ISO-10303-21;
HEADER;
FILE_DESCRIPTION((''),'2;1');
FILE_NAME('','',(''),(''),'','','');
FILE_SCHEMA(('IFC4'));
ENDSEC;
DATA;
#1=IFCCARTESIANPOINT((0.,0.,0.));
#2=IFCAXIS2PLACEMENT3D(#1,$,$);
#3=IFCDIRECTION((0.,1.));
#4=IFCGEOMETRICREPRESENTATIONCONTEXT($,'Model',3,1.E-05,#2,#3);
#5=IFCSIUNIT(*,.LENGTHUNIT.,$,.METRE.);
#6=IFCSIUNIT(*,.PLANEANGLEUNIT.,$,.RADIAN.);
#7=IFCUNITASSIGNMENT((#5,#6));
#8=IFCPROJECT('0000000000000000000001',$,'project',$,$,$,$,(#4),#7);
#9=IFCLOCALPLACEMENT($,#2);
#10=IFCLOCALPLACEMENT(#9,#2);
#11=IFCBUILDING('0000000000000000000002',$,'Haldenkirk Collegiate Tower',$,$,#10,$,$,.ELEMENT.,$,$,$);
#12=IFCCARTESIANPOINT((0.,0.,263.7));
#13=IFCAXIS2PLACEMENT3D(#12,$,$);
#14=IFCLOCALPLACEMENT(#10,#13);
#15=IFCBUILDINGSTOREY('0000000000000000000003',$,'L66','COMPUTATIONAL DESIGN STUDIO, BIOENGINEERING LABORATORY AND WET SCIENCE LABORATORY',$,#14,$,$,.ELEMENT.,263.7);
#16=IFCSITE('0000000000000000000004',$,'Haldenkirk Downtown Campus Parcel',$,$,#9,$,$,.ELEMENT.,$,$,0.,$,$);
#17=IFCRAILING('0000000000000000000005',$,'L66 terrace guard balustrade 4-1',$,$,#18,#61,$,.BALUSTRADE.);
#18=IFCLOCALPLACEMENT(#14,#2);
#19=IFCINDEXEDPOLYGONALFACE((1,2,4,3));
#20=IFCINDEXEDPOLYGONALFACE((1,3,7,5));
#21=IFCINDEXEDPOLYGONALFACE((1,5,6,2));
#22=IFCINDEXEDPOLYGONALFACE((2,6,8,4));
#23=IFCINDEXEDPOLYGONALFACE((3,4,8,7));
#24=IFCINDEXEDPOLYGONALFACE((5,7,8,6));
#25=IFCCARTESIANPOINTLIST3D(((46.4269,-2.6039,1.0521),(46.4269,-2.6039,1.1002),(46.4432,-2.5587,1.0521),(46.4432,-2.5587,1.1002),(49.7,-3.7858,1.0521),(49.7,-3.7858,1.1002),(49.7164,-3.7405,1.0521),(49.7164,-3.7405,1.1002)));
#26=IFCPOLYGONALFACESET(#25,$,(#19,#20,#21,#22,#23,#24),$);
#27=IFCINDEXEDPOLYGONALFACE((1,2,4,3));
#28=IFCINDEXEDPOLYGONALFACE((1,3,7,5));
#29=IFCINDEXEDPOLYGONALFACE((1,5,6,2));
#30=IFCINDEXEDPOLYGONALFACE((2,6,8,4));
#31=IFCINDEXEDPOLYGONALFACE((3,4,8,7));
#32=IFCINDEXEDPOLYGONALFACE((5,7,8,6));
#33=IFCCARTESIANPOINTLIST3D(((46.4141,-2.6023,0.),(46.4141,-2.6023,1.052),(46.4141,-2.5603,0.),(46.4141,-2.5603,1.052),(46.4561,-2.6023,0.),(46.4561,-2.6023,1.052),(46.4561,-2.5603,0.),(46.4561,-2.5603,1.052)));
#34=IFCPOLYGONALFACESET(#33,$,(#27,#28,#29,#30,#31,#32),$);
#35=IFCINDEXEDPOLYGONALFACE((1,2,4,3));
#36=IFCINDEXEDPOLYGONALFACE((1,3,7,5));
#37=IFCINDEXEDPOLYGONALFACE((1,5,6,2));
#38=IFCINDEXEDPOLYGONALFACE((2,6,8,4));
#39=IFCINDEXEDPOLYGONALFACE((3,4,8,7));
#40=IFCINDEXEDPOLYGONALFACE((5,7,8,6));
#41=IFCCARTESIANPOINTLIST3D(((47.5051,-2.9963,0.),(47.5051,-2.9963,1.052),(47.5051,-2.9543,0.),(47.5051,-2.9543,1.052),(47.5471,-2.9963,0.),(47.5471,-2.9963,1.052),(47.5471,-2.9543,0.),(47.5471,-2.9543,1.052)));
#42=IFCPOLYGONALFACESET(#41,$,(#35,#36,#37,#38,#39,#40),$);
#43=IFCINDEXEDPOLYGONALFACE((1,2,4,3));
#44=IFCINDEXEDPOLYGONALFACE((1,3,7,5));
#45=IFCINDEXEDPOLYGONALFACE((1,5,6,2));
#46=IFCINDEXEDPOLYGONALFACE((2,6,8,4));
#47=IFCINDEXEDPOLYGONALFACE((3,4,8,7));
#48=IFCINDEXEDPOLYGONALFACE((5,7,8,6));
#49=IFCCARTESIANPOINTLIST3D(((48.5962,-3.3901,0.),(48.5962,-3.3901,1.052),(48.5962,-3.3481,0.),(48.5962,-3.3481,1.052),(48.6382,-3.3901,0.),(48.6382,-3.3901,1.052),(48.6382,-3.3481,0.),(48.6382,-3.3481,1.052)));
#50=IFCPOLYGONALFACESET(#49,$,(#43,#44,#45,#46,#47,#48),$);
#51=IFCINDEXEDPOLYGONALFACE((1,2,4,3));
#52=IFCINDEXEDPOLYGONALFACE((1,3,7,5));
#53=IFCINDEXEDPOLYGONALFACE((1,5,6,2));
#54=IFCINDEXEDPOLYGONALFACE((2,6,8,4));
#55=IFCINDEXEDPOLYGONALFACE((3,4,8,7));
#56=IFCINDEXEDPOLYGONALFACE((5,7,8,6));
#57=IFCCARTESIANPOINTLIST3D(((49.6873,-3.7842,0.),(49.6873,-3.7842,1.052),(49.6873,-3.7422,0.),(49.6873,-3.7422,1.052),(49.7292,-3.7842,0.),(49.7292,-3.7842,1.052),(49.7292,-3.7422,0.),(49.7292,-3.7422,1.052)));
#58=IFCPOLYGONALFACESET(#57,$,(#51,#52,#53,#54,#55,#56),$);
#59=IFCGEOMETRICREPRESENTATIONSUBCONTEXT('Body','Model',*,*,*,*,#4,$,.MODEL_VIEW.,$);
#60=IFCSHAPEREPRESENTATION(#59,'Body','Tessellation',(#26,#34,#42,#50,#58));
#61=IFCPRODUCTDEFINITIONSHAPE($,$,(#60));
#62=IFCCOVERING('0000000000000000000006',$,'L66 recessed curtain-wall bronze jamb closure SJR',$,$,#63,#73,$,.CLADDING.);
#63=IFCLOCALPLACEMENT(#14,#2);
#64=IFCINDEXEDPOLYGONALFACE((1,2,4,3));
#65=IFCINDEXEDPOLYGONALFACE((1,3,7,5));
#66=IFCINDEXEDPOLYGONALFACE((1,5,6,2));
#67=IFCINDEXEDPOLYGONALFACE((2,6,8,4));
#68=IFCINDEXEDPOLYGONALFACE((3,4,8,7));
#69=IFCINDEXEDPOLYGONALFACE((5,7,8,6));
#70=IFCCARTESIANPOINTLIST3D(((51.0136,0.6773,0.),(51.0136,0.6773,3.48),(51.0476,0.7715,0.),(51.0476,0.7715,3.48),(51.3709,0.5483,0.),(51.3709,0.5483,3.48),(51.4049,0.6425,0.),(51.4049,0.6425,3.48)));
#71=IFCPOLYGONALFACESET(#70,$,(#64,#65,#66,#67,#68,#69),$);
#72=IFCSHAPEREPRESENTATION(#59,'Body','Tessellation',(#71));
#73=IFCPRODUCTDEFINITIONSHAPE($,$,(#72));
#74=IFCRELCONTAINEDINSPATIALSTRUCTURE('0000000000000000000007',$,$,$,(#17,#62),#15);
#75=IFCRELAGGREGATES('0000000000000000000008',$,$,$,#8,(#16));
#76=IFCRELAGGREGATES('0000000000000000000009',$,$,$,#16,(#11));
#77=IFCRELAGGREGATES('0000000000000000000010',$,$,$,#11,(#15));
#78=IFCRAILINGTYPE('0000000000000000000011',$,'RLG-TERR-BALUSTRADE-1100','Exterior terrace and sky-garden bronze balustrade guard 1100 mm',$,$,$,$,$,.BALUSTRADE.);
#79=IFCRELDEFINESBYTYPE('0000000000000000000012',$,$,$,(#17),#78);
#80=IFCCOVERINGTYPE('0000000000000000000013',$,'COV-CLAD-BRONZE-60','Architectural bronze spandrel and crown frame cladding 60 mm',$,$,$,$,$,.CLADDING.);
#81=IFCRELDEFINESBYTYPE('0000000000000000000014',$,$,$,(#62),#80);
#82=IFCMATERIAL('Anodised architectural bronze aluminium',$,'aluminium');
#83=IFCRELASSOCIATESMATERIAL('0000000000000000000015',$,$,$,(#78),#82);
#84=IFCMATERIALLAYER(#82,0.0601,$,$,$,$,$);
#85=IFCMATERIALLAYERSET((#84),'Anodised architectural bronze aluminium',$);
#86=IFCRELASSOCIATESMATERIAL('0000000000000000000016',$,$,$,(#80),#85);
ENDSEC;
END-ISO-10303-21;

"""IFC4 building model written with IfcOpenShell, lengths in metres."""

from ifc_helpers import new_model, si_unit, direction, frame, origin, origin_2d, place, context, subcontext, project, spatial, rectangle, extrude, source, transform, mapped, material, layer, layer_set, type_object, element, save


model = new_model("IFC4")

# Units and contexts
model_context = context("Model", 3, precision=1e-05, world=origin(), true_north=direction((0.0, 1.0)))
body_context = subcontext(model_context, "Body", "Model", "MODEL_VIEW")
ifc_project = project(units=[si_unit("LENGTHUNIT", "METRE"), si_unit("PLANEANGLEUNIT", "RADIAN")], contexts=[model_context])

# Site, building, storey
site_placement = place(None, origin())
site = spatial("IfcSite", under=ifc_project, at=site_placement, Name="Haldenkirk Downtown Campus Parcel", CompositionType="ELEMENT", RefElevation=0.0)
building_placement = place(site_placement, origin())
building = spatial("IfcBuilding", under=site, at=building_placement, Name="Haldenkirk Collegiate Tower", CompositionType="ELEMENT")
storey_placement = place(building_placement, frame((0.0, 0.0, 263.7)))
storey = spatial("IfcBuildingStorey", under=building, at=storey_placement, Name="L66", Description="COMPUTATIONAL DESIGN STUDIO, BIOENGINEERING LABORATORY AND WET SCIENCE LABORATORY", CompositionType="ELEMENT", Elevation=263.7)

# Shared definitions
ifc_material_1 = material(Name="Anodised architectural bronze aluminium", Category="aluminium")

# Railing
railing_type = type_object("IfcRailingType", Name="RLG-TERR-BALUSTRADE-1100", Description="Exterior terrace and sky-garden bronze balustrade guard 1100 mm", PredefinedType="BALUSTRADE", material=ifc_material_1)
railing_1_placement = place(storey_placement, frame((46.4351, -2.5813, 0.0)))
element("IfcRailing", 1, at=railing_1_placement, inside=storey, type_object=railing_type, Name="L66 terrace guard balustrade 4-1", PredefinedType="BALUSTRADE", context=body_context, shape_type="SweptSolid", body=[
    extrude(rectangle(XDim=0.0481, YDim=0.0481, at=origin_2d()), frame((0.0, 0.0, 1.0762), z_axis=(0.940563, -0.339619, 0.0), x_axis=(0.339619, 0.940563, 0.0)), (0.0, 0.0, 1.0), 3.48),
    extrude(rectangle(XDim=0.042, YDim=0.042, at=origin_2d()), origin(), (0.0, 0.0, 1.0), 1.052),
    extrude(rectangle(XDim=0.042, YDim=0.042, at=origin_2d()), frame((1.0911, -0.394, 0.0)), (0.0, 0.0, 1.0), 1.052),
    extrude(rectangle(XDim=0.042, YDim=0.042, at=origin_2d()), frame((2.1821, -0.7878, 0.0)), (0.0, 0.0, 1.0), 1.052),
    extrude(rectangle(XDim=0.042, YDim=0.042, at=origin_2d()), frame((3.2732, -1.1819, 0.0)), (0.0, 0.0, 1.0), 1.052),
])

# Covering
ifc_layer_1 = layer(ifc_material_1, 0.0601)
ifc_layer_set_1 = layer_set([ifc_layer_1], Name="Anodised architectural bronze aluminium")
covering_type = type_object("IfcCoveringType", Name="COV-CLAD-BRONZE-60", Description="Architectural bronze spandrel and crown frame cladding 60 mm", PredefinedType="CLADDING", material=ifc_layer_set_1)
shared_shape_1 = source(origin(), body_context, "Body", "SweptSolid", [
    extrude(rectangle(XDim=0.1001, YDim=0.3799, at=origin_2d()), origin(), (0.0, 0.0, 1.0), 3.48),
])
covering_placement = place(storey_placement, frame((51.2092, 0.6599, 0.0), z_axis=(0.0, 0.0, 1.0), x_axis=(-0.339559, -0.940585, 0.0)))
element("IfcCovering", 2, at=covering_placement, inside=storey, type_object=covering_type, Name="L66 recessed curtain-wall bronze jamb closure SJR", PredefinedType="CLADDING", context=body_context, shape_type="MappedRepresentation", body=[
    mapped(shared_shape_1, transform((0.0, 0.0, 0.0), x_axis=(1.0, 0.0, 0.0), y_axis=(0.0, 1.0, 0.0), z_axis=(0.0, 0.0, 1.0), scale=1.0)),
])

save(model, "model.ifc")
